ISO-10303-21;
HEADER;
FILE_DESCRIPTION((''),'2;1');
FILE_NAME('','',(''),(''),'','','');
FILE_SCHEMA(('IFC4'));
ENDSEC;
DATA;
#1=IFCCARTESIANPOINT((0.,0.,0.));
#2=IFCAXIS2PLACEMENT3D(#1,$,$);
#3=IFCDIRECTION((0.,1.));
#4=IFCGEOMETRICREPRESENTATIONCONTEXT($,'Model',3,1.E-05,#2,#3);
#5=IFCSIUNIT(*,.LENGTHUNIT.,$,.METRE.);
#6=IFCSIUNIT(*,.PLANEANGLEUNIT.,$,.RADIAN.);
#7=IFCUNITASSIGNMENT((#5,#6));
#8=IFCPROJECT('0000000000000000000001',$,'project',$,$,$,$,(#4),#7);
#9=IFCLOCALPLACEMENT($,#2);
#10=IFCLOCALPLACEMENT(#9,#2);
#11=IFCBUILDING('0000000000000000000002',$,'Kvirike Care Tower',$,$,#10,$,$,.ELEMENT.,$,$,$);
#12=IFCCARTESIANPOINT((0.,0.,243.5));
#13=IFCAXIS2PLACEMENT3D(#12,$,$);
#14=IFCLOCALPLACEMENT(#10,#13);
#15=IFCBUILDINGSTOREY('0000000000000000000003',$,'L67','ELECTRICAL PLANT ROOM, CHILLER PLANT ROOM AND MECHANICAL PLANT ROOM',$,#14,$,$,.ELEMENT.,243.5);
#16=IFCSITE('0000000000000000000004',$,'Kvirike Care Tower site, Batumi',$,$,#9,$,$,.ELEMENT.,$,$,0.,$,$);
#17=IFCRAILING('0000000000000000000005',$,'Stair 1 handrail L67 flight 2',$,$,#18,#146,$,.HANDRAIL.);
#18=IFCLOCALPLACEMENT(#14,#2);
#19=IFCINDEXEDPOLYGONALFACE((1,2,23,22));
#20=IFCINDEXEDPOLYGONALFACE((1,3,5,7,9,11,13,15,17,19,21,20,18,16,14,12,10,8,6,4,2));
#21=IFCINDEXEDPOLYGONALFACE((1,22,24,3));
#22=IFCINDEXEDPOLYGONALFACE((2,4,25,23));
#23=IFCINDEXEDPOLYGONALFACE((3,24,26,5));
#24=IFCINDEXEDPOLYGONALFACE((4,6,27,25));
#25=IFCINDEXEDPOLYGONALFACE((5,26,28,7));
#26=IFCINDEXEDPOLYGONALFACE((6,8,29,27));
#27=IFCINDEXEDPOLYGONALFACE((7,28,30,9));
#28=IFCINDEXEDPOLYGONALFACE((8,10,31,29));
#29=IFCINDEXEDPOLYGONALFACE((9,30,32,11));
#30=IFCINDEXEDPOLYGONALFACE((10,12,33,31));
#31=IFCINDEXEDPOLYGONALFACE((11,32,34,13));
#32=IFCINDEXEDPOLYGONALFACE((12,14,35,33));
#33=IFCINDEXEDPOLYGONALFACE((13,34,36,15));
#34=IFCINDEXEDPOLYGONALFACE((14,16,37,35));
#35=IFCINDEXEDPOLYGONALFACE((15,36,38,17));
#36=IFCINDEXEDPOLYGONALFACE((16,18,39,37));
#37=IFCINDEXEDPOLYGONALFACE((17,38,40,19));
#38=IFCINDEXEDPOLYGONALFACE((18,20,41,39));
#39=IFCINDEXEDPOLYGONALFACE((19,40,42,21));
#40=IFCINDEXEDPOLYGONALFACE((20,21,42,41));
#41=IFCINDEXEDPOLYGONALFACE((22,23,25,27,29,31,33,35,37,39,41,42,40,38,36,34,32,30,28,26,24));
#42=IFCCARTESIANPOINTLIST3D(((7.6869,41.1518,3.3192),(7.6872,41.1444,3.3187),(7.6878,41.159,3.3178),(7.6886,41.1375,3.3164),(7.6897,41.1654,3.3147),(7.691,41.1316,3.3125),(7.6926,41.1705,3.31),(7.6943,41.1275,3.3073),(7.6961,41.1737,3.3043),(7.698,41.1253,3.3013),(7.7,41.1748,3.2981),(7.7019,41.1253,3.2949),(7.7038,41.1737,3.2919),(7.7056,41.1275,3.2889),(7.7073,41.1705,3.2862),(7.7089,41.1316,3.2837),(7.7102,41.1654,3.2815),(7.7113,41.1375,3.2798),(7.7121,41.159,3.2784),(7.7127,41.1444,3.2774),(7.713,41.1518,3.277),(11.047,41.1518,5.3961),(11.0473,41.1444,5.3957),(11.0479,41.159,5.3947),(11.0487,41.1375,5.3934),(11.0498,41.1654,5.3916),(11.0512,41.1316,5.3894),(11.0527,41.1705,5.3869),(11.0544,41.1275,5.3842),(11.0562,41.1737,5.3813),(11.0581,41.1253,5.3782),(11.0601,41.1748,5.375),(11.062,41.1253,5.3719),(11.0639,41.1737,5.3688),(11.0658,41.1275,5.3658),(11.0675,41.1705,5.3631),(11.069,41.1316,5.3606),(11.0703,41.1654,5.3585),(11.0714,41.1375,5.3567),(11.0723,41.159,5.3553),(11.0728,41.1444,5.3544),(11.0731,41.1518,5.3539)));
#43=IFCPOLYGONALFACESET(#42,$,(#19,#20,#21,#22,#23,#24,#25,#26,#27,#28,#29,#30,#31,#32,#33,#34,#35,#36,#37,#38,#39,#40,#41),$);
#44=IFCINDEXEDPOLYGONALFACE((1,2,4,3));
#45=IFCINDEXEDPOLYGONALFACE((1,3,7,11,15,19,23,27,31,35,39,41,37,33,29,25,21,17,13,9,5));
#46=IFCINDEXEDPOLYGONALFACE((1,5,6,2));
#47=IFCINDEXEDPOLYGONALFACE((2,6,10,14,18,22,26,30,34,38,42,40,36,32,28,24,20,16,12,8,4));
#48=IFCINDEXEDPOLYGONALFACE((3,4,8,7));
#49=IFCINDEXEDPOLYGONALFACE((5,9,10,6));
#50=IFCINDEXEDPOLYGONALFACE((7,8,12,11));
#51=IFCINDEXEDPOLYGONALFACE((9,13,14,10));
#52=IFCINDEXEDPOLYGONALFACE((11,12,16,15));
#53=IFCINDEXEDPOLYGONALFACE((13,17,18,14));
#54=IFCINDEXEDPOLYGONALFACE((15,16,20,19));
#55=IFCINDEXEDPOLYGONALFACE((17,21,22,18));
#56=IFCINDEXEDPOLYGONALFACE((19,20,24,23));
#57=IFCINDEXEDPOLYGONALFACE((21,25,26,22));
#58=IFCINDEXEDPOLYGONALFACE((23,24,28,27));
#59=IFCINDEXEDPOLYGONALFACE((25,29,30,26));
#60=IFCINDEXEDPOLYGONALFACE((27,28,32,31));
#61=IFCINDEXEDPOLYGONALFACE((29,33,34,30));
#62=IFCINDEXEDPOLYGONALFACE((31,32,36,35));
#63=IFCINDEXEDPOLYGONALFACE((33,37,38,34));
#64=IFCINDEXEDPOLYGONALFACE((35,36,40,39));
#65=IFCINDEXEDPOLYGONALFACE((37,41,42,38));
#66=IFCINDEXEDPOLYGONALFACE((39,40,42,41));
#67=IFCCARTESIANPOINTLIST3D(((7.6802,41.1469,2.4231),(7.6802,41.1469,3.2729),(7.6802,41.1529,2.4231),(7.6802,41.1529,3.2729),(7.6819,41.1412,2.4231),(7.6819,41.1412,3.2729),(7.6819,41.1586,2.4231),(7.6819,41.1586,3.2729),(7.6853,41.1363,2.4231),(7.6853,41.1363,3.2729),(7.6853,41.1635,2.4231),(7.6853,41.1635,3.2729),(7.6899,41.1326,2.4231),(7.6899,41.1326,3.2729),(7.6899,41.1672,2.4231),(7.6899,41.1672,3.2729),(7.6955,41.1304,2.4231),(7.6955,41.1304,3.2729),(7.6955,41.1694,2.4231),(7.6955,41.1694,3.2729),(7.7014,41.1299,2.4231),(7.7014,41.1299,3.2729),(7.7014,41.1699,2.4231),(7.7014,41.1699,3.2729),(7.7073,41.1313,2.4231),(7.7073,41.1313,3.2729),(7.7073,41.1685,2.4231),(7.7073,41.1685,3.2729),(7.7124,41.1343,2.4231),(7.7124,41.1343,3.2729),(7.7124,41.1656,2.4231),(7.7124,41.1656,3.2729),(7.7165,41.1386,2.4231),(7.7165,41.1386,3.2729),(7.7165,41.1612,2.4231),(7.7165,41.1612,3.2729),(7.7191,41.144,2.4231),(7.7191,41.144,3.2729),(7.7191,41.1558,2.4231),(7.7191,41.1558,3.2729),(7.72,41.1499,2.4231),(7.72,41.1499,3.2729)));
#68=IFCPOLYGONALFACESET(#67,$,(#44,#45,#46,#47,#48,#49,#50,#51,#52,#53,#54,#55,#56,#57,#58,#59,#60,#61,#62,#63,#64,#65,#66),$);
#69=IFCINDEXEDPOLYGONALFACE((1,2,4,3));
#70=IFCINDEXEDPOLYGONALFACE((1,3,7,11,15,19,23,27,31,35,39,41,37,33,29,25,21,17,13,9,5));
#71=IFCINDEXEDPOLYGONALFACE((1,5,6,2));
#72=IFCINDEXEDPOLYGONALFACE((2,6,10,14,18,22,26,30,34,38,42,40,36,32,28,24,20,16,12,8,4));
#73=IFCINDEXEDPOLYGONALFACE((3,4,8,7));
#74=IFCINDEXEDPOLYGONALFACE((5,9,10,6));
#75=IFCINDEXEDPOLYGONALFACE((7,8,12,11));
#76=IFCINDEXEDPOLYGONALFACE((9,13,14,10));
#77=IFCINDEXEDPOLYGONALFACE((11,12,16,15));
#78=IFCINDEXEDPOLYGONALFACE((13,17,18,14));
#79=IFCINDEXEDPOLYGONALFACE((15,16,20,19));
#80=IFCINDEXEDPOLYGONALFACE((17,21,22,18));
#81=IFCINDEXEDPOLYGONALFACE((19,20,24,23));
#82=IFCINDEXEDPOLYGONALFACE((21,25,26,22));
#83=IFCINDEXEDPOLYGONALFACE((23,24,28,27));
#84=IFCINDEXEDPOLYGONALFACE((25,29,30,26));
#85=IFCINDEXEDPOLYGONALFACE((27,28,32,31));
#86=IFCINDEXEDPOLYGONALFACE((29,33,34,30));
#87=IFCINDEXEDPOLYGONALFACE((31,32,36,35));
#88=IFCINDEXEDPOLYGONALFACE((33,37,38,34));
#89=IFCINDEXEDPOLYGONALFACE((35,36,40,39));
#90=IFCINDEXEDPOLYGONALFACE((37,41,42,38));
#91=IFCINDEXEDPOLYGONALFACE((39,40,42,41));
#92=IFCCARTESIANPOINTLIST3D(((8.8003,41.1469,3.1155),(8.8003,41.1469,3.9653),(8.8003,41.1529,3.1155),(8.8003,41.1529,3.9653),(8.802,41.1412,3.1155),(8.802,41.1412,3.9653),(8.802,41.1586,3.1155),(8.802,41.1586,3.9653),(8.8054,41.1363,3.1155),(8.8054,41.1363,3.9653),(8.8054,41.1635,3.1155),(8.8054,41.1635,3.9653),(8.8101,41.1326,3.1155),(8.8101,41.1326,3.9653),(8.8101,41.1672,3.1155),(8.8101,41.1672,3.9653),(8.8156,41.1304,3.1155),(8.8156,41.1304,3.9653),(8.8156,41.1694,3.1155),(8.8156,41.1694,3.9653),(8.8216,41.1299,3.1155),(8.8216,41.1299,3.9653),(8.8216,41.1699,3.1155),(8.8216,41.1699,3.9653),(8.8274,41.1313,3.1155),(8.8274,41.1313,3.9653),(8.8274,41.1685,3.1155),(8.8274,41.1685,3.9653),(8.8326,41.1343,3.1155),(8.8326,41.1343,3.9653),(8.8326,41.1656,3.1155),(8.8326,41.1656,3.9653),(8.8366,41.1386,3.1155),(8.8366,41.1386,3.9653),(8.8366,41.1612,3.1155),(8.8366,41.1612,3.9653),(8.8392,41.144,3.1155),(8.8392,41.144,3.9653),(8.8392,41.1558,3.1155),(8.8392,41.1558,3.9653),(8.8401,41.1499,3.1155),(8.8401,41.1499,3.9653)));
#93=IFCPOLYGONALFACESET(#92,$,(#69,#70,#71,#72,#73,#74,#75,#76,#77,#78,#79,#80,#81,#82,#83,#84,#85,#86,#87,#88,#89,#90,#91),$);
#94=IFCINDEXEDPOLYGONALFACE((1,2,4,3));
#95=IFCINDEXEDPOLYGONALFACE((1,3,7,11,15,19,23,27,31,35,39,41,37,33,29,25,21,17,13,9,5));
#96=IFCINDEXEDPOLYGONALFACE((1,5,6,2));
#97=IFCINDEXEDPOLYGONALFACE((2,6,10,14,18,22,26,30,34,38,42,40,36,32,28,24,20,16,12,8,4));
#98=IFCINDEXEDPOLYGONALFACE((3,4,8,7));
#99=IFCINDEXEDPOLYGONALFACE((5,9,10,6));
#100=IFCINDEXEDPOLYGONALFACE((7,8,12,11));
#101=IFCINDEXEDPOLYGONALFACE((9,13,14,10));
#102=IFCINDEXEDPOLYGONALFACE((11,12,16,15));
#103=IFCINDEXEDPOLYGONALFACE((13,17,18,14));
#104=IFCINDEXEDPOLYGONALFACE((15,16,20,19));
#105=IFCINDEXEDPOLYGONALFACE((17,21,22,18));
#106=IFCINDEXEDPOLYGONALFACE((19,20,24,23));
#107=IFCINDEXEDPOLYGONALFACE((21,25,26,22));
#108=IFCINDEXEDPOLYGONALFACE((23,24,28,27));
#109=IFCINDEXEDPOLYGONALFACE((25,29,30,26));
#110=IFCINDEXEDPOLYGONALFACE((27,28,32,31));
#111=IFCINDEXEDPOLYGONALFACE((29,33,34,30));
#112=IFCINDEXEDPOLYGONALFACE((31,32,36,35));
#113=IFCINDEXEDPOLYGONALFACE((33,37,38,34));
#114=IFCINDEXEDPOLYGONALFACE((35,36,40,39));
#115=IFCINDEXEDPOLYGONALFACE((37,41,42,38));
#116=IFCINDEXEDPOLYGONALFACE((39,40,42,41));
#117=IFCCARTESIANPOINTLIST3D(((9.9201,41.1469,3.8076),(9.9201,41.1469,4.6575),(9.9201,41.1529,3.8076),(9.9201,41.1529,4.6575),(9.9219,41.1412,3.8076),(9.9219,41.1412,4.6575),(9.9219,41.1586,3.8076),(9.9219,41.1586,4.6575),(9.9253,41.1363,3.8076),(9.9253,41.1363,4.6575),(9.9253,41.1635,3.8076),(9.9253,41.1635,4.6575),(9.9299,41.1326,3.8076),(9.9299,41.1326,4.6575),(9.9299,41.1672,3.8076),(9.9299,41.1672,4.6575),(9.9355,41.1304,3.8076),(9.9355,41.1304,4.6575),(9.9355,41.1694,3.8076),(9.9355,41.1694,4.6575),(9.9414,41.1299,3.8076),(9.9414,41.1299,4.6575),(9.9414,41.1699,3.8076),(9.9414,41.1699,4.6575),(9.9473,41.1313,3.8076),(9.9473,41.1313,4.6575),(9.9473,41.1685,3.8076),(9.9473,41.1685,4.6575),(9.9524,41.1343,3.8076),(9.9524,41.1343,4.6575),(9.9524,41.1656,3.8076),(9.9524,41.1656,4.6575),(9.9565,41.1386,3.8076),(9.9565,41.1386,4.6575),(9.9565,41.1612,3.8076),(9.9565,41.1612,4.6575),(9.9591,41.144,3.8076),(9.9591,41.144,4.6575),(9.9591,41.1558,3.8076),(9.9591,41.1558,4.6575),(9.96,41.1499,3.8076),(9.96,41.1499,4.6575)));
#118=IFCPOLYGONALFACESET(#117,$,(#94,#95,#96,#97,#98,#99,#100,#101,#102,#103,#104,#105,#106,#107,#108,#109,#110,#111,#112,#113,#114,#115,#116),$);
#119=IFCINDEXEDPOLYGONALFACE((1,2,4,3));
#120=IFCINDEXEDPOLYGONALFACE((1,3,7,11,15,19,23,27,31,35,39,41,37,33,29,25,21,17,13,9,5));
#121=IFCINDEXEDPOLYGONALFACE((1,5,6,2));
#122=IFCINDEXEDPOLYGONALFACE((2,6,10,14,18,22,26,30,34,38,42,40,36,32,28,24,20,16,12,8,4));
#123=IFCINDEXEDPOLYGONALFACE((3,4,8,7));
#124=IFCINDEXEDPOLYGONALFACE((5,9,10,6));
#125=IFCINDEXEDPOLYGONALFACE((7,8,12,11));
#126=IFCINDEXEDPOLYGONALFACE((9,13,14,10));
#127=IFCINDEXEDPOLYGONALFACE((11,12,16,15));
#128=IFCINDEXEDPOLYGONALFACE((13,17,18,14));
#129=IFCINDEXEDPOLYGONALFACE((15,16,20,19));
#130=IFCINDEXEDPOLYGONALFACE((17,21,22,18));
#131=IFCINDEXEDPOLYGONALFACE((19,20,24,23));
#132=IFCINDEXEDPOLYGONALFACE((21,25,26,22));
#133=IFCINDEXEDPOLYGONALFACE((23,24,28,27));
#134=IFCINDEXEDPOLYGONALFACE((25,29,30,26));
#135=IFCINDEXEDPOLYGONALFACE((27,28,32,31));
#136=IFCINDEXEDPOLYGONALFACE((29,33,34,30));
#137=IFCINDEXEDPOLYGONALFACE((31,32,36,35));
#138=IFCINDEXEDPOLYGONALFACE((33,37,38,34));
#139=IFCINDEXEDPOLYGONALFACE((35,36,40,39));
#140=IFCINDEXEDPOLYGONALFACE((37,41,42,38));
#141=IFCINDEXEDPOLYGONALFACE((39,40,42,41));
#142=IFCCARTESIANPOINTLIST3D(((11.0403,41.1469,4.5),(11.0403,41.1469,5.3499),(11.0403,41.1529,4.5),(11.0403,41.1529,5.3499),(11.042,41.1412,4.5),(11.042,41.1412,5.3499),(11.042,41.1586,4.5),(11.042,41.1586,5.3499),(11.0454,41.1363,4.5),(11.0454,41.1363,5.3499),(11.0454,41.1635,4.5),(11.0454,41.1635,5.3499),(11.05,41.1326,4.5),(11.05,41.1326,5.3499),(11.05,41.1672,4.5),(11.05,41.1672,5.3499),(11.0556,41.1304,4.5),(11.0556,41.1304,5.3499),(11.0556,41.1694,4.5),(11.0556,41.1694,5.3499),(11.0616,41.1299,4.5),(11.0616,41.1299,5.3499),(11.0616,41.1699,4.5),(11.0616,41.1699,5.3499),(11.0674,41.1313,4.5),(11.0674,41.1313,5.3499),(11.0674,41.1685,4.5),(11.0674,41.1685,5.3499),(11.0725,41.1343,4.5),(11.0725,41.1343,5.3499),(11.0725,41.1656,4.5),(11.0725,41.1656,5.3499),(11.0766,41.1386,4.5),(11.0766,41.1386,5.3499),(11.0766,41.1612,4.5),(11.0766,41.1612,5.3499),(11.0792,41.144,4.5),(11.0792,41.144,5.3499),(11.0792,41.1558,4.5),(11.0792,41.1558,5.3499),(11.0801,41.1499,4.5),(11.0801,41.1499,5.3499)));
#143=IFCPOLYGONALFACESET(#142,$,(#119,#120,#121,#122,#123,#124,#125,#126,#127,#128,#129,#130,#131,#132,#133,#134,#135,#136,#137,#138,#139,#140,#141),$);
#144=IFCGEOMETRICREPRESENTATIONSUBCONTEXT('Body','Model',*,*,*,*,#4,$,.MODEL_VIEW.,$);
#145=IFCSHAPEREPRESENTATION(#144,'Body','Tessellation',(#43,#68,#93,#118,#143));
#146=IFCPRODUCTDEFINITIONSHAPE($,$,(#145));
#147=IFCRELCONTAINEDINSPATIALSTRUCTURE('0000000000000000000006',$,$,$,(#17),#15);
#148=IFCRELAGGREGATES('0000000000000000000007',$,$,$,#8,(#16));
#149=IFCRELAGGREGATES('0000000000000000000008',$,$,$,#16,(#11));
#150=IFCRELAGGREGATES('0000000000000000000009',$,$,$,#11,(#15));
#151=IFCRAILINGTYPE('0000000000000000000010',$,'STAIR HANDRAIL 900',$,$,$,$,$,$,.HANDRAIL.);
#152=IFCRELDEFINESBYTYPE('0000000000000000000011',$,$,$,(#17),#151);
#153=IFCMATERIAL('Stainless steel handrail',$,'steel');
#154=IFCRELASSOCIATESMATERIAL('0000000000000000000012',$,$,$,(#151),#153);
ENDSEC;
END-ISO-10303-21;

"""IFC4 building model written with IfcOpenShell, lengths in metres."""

from ifc_helpers import new_model, si_unit, direction, frame, origin, origin_2d, place, context, subcontext, project, spatial, circle, extrude, material, type_object, element, save


model = new_model("IFC4")

# Units and contexts
model_context = context("Model", 3, precision=1e-05, world=origin(), true_north=direction((0.0, 1.0)))
body_context = subcontext(model_context, "Body", "Model", "MODEL_VIEW")
ifc_project = project(units=[si_unit("LENGTHUNIT", "METRE"), si_unit("PLANEANGLEUNIT", "RADIAN")], contexts=[model_context])

# Site, building, storey
site_placement = place(None, origin())
site = spatial("IfcSite", under=ifc_project, at=site_placement, Name="Kvirike Care Tower site, Batumi", CompositionType="ELEMENT", RefElevation=0.0)
building_placement = place(site_placement, origin())
building = spatial("IfcBuilding", under=site, at=building_placement, Name="Kvirike Care Tower", CompositionType="ELEMENT")
storey_placement = place(building_placement, frame((0.0, 0.0, 243.5)))
storey = spatial("IfcBuildingStorey", under=building, at=storey_placement, Name="L67", Description="ELECTRICAL PLANT ROOM, CHILLER PLANT ROOM AND MECHANICAL PLANT ROOM", CompositionType="ELEMENT", Elevation=243.5)

# Railing
ifc_material_1 = material(Name="Stainless steel handrail", Category="steel")
railing_type = type_object("IfcRailingType", Name="STAIR HANDRAIL 900", PredefinedType="HANDRAIL", material=ifc_material_1)
railing_1_placement = place(storey_placement, frame((7.7, 41.1499, 2.4231)))
element("IfcRailing", 1, at=railing_1_placement, inside=storey, type_object=railing_type, Name="Stair 1 handrail L67 flight 2", PredefinedType="HANDRAIL", context=body_context, shape_type="SweptSolid", body=[
    extrude(circle(Radius=0.0249, at=origin_2d()), frame((0.0, 0.0, 0.875), z_axis=(0.850623, 0.0, 0.525776), x_axis=(0.0, 1.0, 0.0)), (0.0, 0.0, 1.0), 3.9502),
    extrude(circle(Radius=0.02, at=origin_2d()), origin(), (0.0, 0.0, 1.0), 0.8499),
    extrude(circle(Radius=0.02, at=origin_2d()), frame((1.1201, 0.0, 0.6924)), (0.0, 0.0, 1.0), 0.8499),
    extrude(circle(Radius=0.02, at=origin_2d()), frame((2.24, 0.0, 1.3845)), (0.0, 0.0, 1.0), 0.8499),
    extrude(circle(Radius=0.02, at=origin_2d()), frame((3.3601, 0.0, 2.0769)), (0.0, 0.0, 1.0), 0.8499),
])

save(model, "model.ifc")
